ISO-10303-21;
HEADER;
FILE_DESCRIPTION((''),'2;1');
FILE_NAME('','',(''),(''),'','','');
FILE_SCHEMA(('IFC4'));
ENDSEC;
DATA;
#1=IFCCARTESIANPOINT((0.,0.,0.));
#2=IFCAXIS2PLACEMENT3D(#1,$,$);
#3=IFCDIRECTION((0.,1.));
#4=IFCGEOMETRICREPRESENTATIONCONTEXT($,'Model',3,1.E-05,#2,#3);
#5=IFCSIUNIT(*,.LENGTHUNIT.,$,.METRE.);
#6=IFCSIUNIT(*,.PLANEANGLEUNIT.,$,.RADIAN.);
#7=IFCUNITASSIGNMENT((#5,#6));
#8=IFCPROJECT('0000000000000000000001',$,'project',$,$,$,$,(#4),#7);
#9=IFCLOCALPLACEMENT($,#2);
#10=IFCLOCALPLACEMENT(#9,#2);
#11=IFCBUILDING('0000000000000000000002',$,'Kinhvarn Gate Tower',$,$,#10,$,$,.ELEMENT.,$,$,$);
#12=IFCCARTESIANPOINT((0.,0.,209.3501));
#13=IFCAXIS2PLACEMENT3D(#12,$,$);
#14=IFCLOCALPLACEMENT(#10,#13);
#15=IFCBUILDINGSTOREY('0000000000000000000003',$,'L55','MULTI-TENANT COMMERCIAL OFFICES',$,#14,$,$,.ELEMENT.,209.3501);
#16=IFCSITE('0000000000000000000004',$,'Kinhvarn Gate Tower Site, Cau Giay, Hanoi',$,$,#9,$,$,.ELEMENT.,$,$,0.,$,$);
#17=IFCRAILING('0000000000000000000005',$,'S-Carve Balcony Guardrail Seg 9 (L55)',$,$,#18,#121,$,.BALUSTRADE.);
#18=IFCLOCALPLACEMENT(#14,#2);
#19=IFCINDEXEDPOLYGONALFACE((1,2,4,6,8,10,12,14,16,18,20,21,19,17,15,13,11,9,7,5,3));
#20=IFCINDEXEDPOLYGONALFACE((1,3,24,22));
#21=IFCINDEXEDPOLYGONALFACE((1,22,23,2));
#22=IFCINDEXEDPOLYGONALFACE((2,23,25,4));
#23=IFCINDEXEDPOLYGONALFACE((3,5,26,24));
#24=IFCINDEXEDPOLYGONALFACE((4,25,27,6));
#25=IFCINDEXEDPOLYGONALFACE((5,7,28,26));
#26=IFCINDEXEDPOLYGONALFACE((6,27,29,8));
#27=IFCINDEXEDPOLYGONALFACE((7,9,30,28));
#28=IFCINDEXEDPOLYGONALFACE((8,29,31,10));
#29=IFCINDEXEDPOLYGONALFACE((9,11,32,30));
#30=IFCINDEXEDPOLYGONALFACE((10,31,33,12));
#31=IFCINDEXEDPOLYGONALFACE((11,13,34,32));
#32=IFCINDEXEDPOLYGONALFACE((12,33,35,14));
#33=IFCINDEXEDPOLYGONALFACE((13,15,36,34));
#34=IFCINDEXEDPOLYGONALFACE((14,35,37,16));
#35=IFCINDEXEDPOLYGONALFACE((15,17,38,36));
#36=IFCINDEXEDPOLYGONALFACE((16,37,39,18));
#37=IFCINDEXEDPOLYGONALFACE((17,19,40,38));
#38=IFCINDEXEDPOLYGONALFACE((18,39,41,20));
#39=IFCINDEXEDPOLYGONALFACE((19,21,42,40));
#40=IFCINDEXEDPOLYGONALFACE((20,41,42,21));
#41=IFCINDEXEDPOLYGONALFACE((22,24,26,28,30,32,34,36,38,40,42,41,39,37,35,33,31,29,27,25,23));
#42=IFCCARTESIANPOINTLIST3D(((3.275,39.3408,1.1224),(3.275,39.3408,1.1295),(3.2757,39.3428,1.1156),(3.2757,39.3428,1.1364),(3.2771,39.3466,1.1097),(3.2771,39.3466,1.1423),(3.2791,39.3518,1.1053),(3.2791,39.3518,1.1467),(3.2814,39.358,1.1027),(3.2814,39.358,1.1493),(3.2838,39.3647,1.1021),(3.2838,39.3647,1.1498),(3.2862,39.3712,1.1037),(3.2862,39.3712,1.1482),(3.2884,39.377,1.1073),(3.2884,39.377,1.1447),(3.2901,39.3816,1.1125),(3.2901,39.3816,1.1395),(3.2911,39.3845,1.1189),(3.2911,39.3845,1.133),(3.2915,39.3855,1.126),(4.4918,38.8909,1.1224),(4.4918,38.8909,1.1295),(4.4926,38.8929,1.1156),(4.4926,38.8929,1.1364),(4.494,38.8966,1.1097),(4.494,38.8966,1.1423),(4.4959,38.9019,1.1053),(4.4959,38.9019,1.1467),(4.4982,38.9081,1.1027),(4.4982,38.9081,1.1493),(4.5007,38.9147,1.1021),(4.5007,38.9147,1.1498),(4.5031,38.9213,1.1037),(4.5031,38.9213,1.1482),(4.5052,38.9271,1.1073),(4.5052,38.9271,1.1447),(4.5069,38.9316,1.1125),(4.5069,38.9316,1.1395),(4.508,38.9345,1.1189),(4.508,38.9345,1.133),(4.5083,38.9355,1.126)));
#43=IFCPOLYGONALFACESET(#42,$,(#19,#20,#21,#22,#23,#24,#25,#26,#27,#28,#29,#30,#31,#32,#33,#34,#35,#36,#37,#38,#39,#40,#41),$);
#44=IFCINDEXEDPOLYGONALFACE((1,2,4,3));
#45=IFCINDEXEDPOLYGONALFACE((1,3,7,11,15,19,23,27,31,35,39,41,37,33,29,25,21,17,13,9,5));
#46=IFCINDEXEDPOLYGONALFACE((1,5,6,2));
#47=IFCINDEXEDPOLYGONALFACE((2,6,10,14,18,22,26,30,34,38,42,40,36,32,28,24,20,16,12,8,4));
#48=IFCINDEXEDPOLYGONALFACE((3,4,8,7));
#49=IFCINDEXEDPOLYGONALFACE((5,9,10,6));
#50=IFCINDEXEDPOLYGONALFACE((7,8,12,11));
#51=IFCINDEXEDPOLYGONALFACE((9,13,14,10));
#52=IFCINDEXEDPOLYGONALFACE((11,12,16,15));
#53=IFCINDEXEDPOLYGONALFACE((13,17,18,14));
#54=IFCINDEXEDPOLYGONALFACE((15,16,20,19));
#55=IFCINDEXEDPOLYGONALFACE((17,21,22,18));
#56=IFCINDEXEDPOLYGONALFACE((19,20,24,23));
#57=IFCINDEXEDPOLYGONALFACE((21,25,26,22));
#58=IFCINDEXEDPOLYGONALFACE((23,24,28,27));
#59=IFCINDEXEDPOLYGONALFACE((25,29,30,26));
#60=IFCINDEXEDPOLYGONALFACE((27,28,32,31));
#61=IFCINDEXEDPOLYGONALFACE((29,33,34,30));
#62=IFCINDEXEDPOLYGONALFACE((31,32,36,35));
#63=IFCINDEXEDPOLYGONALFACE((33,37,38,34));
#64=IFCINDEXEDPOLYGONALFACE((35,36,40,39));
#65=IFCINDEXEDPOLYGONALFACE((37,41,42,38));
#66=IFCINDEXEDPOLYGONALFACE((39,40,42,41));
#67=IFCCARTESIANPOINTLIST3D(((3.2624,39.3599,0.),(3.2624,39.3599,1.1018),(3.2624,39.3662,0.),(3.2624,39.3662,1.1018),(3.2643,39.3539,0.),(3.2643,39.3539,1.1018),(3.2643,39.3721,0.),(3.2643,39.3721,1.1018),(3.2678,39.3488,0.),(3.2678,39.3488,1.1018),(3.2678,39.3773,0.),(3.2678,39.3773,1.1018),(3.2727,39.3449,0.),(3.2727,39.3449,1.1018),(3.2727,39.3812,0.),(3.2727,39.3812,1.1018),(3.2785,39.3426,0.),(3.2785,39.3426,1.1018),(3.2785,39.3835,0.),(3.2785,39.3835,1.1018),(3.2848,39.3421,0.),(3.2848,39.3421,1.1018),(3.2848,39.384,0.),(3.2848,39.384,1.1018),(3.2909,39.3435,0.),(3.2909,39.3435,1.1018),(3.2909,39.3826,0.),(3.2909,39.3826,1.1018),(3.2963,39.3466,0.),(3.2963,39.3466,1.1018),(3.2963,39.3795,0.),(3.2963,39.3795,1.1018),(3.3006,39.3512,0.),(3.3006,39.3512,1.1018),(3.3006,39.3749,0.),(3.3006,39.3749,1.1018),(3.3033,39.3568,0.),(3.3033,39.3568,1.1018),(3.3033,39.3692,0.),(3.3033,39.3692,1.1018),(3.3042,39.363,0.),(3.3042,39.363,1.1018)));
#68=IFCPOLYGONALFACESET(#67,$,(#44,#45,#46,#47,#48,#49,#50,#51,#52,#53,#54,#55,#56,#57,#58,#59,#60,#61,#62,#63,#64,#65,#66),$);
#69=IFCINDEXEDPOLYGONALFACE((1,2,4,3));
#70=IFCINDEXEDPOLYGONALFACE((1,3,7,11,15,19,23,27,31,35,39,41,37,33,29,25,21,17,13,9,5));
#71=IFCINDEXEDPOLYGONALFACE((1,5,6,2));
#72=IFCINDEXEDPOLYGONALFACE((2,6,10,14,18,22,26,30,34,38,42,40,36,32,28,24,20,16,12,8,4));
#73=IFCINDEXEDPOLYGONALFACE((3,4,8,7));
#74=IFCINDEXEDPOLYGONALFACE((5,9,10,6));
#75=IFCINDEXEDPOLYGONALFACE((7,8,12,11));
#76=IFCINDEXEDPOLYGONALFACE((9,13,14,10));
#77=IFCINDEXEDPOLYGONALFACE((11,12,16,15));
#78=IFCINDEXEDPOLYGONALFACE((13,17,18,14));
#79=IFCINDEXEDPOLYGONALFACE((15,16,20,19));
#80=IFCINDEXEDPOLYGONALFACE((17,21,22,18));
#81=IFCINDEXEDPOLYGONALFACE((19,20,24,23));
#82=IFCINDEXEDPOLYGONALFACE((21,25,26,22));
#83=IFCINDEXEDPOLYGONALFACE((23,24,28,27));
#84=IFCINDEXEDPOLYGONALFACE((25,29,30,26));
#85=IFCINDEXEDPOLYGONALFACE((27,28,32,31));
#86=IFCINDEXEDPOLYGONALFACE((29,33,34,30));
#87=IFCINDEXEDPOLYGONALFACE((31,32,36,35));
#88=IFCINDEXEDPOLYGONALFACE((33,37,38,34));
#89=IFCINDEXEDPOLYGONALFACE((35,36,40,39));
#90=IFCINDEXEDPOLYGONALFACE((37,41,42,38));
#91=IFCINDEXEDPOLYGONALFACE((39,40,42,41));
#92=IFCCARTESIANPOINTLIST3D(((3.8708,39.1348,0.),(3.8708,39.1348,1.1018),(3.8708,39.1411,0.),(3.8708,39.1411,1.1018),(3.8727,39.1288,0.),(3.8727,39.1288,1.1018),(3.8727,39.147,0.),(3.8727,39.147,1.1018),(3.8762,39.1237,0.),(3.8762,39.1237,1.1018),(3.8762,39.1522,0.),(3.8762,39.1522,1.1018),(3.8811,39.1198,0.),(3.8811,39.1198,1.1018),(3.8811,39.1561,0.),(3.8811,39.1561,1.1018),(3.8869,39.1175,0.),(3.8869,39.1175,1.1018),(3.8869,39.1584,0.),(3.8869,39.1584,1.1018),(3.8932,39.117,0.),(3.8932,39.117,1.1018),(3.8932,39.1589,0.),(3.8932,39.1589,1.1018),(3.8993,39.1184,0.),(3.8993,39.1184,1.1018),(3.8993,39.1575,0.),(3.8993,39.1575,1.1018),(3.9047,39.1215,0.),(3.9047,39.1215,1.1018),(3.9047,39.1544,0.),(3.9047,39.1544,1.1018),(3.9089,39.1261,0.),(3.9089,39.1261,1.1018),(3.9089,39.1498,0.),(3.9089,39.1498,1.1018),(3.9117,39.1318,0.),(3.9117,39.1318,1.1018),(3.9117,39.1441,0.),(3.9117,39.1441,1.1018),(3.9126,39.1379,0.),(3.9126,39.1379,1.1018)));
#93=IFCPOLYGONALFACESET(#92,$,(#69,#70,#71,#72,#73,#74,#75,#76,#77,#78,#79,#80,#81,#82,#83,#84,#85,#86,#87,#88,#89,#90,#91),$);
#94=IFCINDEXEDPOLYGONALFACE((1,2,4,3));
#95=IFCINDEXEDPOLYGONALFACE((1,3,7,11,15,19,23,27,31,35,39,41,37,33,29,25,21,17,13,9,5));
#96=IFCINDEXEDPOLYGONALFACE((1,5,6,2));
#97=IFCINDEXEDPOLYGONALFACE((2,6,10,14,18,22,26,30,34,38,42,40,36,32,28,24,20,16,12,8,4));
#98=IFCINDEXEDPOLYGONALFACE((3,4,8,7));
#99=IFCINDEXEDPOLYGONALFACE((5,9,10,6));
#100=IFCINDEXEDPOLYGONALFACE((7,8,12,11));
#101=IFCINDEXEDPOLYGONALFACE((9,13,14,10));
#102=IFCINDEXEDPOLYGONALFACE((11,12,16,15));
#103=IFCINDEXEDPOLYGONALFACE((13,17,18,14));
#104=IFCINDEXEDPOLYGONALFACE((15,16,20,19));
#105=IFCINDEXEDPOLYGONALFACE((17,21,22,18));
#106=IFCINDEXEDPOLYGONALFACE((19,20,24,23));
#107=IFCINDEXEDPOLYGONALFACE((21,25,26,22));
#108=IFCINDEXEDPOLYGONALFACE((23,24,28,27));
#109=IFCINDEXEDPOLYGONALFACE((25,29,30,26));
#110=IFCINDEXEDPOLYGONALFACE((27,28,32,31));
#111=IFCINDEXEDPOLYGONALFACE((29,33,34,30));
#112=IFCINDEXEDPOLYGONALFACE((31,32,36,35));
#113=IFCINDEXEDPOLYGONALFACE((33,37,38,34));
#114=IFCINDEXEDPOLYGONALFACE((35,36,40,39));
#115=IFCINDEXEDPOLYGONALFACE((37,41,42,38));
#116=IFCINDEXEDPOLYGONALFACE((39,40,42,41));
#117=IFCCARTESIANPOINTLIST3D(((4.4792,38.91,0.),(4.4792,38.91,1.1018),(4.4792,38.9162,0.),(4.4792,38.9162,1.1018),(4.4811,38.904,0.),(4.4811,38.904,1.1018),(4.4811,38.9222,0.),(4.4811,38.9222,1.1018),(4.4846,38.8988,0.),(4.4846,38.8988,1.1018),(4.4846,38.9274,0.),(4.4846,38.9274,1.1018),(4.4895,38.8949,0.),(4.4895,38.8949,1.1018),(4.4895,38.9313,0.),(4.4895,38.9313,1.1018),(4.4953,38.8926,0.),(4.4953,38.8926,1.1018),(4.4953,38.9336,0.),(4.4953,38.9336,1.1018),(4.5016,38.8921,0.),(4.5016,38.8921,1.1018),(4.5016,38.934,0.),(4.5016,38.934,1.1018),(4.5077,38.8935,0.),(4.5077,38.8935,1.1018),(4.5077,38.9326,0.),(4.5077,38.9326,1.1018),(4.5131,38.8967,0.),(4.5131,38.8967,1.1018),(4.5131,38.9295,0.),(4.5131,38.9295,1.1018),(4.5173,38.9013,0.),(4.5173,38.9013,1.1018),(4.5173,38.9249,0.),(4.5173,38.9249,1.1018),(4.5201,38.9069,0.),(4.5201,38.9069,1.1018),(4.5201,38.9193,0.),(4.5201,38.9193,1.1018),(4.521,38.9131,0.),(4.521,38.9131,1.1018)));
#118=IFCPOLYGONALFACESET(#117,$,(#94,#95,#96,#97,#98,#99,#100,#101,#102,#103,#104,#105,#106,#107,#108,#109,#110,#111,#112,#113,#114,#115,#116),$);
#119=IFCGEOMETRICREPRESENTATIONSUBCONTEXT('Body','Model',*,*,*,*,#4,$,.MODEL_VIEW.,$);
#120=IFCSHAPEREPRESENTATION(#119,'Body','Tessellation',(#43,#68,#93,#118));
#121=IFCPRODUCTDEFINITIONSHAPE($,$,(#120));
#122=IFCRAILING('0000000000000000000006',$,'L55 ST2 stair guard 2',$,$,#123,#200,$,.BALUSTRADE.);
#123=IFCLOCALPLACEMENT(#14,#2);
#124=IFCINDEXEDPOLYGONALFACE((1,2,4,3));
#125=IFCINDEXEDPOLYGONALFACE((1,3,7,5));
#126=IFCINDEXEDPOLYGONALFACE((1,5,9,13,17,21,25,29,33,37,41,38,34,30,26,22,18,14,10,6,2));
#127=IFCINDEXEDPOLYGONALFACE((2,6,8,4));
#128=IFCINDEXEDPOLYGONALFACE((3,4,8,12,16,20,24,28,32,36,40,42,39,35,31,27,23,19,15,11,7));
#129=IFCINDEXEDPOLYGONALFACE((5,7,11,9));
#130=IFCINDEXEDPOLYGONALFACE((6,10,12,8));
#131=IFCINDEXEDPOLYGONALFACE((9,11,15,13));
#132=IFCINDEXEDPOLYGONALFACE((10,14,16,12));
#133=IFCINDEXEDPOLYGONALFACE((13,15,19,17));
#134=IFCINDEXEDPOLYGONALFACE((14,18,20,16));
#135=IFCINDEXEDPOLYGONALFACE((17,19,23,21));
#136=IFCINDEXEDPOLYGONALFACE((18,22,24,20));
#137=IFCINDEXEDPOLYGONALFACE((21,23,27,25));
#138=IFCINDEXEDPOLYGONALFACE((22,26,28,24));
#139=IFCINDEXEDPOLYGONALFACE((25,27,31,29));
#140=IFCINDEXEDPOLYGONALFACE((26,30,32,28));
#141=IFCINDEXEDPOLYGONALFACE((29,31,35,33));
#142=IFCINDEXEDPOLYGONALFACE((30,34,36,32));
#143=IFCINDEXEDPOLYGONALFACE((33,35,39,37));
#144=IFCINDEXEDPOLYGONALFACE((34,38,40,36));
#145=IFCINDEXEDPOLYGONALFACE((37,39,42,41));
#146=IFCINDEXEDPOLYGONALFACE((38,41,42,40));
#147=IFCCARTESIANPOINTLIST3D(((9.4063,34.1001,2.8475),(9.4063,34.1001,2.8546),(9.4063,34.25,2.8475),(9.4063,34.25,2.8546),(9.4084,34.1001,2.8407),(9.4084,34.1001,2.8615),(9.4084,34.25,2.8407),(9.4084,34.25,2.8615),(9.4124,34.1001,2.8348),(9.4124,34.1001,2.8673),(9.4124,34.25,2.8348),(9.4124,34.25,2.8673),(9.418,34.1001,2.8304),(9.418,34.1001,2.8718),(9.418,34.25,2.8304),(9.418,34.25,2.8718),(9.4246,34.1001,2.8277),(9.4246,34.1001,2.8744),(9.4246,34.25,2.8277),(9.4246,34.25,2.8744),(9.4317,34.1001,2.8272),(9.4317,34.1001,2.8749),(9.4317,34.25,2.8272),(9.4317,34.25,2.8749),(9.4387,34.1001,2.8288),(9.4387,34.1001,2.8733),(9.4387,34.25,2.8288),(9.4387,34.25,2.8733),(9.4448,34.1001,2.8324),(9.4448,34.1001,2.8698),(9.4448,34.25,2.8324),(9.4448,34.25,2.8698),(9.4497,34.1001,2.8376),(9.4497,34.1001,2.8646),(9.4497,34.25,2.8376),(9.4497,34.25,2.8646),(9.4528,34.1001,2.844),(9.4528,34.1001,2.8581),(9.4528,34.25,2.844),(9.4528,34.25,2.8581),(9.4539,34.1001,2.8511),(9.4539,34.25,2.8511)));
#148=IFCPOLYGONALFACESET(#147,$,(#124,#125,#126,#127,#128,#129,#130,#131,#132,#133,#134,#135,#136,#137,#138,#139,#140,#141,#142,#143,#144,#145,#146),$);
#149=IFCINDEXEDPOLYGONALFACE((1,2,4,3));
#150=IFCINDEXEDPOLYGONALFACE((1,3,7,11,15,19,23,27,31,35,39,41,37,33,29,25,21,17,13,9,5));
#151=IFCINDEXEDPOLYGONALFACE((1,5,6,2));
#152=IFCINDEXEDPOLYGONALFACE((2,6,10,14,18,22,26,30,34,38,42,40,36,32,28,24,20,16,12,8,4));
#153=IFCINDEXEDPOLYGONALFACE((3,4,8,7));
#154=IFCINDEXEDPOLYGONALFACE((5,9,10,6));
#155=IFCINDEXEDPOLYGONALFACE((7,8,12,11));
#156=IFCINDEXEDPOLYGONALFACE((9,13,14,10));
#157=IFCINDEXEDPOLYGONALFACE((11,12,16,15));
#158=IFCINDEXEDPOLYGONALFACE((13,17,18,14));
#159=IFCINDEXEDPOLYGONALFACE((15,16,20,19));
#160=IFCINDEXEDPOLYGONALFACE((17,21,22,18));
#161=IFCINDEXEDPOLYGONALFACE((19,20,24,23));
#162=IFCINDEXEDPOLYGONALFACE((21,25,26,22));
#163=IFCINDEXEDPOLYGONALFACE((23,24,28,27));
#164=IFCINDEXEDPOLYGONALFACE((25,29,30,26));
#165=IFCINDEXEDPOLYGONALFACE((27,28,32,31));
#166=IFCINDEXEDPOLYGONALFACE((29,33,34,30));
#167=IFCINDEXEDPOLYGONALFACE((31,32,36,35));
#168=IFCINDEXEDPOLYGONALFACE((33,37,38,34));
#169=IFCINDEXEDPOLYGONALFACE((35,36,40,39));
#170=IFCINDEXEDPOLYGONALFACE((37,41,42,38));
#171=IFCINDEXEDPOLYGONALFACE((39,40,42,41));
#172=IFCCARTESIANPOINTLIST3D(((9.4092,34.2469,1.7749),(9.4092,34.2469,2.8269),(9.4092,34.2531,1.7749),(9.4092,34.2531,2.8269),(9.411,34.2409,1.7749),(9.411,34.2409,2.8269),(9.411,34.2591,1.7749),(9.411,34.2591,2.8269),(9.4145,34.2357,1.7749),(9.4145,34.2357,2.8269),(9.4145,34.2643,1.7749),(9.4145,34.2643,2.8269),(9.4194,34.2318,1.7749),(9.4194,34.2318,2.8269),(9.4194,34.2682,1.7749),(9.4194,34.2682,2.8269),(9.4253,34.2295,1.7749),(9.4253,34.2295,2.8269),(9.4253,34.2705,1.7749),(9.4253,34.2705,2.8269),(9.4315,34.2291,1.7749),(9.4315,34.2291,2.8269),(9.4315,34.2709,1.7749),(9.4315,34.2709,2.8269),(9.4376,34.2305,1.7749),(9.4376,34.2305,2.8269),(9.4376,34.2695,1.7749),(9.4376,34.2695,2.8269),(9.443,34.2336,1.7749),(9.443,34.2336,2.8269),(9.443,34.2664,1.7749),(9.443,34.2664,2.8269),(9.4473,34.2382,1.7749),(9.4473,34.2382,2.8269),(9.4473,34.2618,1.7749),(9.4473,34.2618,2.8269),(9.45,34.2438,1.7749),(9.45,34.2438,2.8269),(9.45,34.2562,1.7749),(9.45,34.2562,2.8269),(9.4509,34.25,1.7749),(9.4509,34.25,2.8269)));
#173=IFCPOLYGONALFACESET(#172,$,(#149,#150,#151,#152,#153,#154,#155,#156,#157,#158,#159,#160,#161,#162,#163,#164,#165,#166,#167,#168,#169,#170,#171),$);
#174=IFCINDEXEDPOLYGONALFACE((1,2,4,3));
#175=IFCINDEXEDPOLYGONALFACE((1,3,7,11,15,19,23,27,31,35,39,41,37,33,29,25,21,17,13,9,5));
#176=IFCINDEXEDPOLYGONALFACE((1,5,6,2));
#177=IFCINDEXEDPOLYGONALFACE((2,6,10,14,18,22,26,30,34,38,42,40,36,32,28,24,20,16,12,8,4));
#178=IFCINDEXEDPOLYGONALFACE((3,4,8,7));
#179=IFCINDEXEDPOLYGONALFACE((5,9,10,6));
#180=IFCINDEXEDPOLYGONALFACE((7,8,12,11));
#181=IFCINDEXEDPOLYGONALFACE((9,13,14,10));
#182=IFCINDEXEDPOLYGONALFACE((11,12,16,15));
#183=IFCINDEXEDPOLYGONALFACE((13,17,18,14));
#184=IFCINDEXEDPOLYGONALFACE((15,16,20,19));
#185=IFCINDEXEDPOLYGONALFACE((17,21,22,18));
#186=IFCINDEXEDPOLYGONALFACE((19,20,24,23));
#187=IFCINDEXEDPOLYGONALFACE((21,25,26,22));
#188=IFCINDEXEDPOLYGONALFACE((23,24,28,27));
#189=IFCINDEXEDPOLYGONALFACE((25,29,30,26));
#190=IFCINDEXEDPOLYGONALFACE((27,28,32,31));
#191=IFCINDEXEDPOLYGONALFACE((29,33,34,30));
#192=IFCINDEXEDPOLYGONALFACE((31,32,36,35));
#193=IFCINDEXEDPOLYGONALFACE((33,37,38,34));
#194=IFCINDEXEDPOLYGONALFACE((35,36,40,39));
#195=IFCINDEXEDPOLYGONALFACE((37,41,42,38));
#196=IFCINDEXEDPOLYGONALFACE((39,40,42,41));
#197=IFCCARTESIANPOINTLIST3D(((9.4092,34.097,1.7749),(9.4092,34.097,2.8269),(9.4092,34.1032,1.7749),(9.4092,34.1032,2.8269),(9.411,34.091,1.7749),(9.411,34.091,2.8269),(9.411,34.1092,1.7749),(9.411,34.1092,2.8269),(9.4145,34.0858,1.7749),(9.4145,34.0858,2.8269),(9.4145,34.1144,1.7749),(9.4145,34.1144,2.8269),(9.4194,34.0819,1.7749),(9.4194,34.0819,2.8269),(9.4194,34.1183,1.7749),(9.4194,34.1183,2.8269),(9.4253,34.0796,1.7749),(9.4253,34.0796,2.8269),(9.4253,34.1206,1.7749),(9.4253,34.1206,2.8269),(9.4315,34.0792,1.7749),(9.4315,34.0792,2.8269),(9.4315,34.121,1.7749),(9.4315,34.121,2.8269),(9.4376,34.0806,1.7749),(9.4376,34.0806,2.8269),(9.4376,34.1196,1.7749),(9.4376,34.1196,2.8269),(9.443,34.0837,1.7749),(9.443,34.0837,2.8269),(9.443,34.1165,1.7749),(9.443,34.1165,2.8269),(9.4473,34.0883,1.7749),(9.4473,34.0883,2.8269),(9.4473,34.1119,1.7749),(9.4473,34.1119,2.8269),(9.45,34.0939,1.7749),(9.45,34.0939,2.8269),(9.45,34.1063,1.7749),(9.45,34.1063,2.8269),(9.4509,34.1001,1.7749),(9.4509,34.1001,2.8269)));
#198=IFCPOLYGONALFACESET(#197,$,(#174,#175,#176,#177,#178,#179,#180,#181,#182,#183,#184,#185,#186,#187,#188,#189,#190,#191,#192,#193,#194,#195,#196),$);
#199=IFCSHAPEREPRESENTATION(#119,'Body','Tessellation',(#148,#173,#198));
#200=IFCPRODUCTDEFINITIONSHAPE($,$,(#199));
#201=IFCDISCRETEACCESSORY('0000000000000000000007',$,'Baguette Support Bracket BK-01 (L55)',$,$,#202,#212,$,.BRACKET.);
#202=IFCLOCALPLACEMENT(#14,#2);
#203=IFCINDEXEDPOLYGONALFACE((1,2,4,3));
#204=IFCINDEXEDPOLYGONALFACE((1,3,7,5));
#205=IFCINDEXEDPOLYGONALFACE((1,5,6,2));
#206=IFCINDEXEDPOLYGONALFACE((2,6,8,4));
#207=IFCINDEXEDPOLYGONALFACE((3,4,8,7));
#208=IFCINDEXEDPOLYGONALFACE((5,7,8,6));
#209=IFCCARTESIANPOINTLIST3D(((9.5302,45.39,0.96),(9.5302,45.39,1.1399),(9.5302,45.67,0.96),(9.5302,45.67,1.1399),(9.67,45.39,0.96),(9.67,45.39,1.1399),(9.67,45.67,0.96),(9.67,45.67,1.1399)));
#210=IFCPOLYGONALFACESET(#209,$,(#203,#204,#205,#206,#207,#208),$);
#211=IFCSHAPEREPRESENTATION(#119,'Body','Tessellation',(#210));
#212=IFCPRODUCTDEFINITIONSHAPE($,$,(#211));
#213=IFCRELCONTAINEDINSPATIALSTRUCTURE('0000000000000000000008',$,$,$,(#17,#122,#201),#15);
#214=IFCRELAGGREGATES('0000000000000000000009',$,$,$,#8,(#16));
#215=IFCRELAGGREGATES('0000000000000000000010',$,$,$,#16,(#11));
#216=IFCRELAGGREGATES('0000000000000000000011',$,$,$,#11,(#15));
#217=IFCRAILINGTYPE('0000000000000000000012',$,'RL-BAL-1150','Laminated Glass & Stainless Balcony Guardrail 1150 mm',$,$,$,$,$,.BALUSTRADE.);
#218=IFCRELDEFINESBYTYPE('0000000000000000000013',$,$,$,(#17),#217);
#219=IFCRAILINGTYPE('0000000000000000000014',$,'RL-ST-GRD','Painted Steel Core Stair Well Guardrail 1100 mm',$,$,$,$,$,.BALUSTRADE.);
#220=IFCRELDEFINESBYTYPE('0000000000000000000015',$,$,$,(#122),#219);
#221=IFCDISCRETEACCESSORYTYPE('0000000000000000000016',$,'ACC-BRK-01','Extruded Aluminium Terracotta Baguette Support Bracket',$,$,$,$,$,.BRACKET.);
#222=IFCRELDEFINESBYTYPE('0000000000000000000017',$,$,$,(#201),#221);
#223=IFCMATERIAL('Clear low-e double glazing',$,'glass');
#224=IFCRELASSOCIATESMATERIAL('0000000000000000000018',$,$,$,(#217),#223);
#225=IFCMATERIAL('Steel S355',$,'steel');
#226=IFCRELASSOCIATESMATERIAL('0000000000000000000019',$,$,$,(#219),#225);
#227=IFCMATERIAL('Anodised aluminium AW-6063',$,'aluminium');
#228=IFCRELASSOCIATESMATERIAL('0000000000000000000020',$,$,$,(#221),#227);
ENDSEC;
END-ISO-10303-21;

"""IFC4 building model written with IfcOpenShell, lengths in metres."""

from ifc_helpers import new_model, si_unit, direction, frame, origin, origin_2d, place, context, subcontext, project, spatial, rectangle, circle, extrude, material, type_object, element, save


model = new_model("IFC4")

# Units and contexts
model_context = context("Model", 3, precision=1e-05, world=origin(), true_north=direction((0.0, 1.0)))
body_context = subcontext(model_context, "Body", "Model", "MODEL_VIEW")
ifc_project = project(units=[si_unit("LENGTHUNIT", "METRE"), si_unit("PLANEANGLEUNIT", "RADIAN")], contexts=[model_context])

# Site, building, storey
site_placement = place(None, origin())
site = spatial("IfcSite", under=ifc_project, at=site_placement, Name="Kinhvarn Gate Tower Site, Cau Giay, Hanoi", CompositionType="ELEMENT", RefElevation=0.0)
building_placement = place(site_placement, origin())
building = spatial("IfcBuilding", under=site, at=building_placement, Name="Kinhvarn Gate Tower", CompositionType="ELEMENT")
storey_placement = place(building_placement, frame((0.0, 0.0, 209.3501)))
storey = spatial("IfcBuildingStorey", under=building, at=storey_placement, Name="L55", Description="MULTI-TENANT COMMERCIAL OFFICES", CompositionType="ELEMENT", Elevation=209.3501)

# Shared definitions
ifc_material_1 = material(Name="Anodised aluminium AW-6063", Category="aluminium")

# Shared definitions
ifc_material_2 = material(Name="Steel S355", Category="steel")

# Shared definitions
ifc_material_3 = material(Name="Clear low-e double glazing", Category="glass")

# Railings
railing_type_1 = type_object("IfcRailingType", Name="RL-BAL-1150", Description="Laminated Glass & Stainless Balcony Guardrail 1150 mm", PredefinedType="BALUSTRADE", material=ifc_material_3)
railing_1_placement = place(storey_placement, frame((3.2832, 39.363, 0.0)))
element("IfcRailing", 1, at=railing_1_placement, inside=storey, type_object=railing_type_1, Name="S-Carve Balcony Guardrail Seg 9 (L55)", PredefinedType="BALUSTRADE", context=body_context, shape_type="SweptSolid", body=[
    extrude(circle(Radius=0.0239, at=origin_2d()), frame((0.0, 0.0, 1.126), z_axis=(0.937928, -0.34683, 0.0), x_axis=(0.34683, 0.937928, 0.0)), (0.0, 0.0, 1.0), 1.2974),
    extrude(circle(Radius=0.021, at=origin_2d()), origin(), (0.0, 0.0, 1.0), 1.1018),
    extrude(circle(Radius=0.021, at=origin_2d()), frame((0.6084, -0.2251, 0.0)), (0.0, 0.0, 1.0), 1.1018),
    extrude(circle(Radius=0.021, at=origin_2d()), frame((1.2168, -0.45, 0.0)), (0.0, 0.0, 1.0), 1.1018),
])
railing_type_2 = type_object("IfcRailingType", Name="RL-ST-GRD", Description="Painted Steel Core Stair Well Guardrail 1100 mm", PredefinedType="BALUSTRADE", material=ifc_material_2)
railing_2_placement = place(storey_placement, frame((9.4299, 34.25, 1.7749)))
element("IfcRailing", 2, at=railing_2_placement, inside=storey, type_object=railing_type_2, Name="L55 ST2 stair guard 2", PredefinedType="BALUSTRADE", context=body_context, shape_type="SweptSolid", body=[
    extrude(circle(Radius=0.0239, at=origin_2d()), frame((0.0, 0.0, 1.0762), z_axis=(0.0, -1.0, 0.0), x_axis=(1.0, 0.0, 0.0)), (0.0, 0.0, 1.0), 0.1499),
    extrude(circle(Radius=0.021, at=origin_2d()), origin(), (0.0, 0.0, 1.0), 1.052),
    extrude(circle(Radius=0.021, at=origin_2d()), frame((0.0, -0.1499, 0.0)), (0.0, 0.0, 1.0), 1.052),
])

# Discrete accessory
discrete_accessory_type = type_object("IfcDiscreteAccessoryType", Name="ACC-BRK-01", Description="Extruded Aluminium Terracotta Baguette Support Bracket", PredefinedType="BRACKET", material=ifc_material_1)
for number, where, z_axis, x_axis, name in (
    (3, (9.6001, 45.53, 0.96), (0.0, 0.0, 1.0), (-1.0, 0.0, 0.0), "Baguette Support Bracket BK-01 (L55)"),
):
    element("IfcDiscreteAccessory", number, at=place(storey_placement, frame(where, z_axis=z_axis, x_axis=x_axis)), inside=storey, type_object=discrete_accessory_type, Name=name, PredefinedType="BRACKET", context=body_context, shape_type="SweptSolid", body=[
        extrude(rectangle(XDim=0.1399, YDim=0.28, at=origin_2d()), origin(), (0.0, 0.0, 1.0), 0.1799),
    ])

save(model, "model.ifc")
